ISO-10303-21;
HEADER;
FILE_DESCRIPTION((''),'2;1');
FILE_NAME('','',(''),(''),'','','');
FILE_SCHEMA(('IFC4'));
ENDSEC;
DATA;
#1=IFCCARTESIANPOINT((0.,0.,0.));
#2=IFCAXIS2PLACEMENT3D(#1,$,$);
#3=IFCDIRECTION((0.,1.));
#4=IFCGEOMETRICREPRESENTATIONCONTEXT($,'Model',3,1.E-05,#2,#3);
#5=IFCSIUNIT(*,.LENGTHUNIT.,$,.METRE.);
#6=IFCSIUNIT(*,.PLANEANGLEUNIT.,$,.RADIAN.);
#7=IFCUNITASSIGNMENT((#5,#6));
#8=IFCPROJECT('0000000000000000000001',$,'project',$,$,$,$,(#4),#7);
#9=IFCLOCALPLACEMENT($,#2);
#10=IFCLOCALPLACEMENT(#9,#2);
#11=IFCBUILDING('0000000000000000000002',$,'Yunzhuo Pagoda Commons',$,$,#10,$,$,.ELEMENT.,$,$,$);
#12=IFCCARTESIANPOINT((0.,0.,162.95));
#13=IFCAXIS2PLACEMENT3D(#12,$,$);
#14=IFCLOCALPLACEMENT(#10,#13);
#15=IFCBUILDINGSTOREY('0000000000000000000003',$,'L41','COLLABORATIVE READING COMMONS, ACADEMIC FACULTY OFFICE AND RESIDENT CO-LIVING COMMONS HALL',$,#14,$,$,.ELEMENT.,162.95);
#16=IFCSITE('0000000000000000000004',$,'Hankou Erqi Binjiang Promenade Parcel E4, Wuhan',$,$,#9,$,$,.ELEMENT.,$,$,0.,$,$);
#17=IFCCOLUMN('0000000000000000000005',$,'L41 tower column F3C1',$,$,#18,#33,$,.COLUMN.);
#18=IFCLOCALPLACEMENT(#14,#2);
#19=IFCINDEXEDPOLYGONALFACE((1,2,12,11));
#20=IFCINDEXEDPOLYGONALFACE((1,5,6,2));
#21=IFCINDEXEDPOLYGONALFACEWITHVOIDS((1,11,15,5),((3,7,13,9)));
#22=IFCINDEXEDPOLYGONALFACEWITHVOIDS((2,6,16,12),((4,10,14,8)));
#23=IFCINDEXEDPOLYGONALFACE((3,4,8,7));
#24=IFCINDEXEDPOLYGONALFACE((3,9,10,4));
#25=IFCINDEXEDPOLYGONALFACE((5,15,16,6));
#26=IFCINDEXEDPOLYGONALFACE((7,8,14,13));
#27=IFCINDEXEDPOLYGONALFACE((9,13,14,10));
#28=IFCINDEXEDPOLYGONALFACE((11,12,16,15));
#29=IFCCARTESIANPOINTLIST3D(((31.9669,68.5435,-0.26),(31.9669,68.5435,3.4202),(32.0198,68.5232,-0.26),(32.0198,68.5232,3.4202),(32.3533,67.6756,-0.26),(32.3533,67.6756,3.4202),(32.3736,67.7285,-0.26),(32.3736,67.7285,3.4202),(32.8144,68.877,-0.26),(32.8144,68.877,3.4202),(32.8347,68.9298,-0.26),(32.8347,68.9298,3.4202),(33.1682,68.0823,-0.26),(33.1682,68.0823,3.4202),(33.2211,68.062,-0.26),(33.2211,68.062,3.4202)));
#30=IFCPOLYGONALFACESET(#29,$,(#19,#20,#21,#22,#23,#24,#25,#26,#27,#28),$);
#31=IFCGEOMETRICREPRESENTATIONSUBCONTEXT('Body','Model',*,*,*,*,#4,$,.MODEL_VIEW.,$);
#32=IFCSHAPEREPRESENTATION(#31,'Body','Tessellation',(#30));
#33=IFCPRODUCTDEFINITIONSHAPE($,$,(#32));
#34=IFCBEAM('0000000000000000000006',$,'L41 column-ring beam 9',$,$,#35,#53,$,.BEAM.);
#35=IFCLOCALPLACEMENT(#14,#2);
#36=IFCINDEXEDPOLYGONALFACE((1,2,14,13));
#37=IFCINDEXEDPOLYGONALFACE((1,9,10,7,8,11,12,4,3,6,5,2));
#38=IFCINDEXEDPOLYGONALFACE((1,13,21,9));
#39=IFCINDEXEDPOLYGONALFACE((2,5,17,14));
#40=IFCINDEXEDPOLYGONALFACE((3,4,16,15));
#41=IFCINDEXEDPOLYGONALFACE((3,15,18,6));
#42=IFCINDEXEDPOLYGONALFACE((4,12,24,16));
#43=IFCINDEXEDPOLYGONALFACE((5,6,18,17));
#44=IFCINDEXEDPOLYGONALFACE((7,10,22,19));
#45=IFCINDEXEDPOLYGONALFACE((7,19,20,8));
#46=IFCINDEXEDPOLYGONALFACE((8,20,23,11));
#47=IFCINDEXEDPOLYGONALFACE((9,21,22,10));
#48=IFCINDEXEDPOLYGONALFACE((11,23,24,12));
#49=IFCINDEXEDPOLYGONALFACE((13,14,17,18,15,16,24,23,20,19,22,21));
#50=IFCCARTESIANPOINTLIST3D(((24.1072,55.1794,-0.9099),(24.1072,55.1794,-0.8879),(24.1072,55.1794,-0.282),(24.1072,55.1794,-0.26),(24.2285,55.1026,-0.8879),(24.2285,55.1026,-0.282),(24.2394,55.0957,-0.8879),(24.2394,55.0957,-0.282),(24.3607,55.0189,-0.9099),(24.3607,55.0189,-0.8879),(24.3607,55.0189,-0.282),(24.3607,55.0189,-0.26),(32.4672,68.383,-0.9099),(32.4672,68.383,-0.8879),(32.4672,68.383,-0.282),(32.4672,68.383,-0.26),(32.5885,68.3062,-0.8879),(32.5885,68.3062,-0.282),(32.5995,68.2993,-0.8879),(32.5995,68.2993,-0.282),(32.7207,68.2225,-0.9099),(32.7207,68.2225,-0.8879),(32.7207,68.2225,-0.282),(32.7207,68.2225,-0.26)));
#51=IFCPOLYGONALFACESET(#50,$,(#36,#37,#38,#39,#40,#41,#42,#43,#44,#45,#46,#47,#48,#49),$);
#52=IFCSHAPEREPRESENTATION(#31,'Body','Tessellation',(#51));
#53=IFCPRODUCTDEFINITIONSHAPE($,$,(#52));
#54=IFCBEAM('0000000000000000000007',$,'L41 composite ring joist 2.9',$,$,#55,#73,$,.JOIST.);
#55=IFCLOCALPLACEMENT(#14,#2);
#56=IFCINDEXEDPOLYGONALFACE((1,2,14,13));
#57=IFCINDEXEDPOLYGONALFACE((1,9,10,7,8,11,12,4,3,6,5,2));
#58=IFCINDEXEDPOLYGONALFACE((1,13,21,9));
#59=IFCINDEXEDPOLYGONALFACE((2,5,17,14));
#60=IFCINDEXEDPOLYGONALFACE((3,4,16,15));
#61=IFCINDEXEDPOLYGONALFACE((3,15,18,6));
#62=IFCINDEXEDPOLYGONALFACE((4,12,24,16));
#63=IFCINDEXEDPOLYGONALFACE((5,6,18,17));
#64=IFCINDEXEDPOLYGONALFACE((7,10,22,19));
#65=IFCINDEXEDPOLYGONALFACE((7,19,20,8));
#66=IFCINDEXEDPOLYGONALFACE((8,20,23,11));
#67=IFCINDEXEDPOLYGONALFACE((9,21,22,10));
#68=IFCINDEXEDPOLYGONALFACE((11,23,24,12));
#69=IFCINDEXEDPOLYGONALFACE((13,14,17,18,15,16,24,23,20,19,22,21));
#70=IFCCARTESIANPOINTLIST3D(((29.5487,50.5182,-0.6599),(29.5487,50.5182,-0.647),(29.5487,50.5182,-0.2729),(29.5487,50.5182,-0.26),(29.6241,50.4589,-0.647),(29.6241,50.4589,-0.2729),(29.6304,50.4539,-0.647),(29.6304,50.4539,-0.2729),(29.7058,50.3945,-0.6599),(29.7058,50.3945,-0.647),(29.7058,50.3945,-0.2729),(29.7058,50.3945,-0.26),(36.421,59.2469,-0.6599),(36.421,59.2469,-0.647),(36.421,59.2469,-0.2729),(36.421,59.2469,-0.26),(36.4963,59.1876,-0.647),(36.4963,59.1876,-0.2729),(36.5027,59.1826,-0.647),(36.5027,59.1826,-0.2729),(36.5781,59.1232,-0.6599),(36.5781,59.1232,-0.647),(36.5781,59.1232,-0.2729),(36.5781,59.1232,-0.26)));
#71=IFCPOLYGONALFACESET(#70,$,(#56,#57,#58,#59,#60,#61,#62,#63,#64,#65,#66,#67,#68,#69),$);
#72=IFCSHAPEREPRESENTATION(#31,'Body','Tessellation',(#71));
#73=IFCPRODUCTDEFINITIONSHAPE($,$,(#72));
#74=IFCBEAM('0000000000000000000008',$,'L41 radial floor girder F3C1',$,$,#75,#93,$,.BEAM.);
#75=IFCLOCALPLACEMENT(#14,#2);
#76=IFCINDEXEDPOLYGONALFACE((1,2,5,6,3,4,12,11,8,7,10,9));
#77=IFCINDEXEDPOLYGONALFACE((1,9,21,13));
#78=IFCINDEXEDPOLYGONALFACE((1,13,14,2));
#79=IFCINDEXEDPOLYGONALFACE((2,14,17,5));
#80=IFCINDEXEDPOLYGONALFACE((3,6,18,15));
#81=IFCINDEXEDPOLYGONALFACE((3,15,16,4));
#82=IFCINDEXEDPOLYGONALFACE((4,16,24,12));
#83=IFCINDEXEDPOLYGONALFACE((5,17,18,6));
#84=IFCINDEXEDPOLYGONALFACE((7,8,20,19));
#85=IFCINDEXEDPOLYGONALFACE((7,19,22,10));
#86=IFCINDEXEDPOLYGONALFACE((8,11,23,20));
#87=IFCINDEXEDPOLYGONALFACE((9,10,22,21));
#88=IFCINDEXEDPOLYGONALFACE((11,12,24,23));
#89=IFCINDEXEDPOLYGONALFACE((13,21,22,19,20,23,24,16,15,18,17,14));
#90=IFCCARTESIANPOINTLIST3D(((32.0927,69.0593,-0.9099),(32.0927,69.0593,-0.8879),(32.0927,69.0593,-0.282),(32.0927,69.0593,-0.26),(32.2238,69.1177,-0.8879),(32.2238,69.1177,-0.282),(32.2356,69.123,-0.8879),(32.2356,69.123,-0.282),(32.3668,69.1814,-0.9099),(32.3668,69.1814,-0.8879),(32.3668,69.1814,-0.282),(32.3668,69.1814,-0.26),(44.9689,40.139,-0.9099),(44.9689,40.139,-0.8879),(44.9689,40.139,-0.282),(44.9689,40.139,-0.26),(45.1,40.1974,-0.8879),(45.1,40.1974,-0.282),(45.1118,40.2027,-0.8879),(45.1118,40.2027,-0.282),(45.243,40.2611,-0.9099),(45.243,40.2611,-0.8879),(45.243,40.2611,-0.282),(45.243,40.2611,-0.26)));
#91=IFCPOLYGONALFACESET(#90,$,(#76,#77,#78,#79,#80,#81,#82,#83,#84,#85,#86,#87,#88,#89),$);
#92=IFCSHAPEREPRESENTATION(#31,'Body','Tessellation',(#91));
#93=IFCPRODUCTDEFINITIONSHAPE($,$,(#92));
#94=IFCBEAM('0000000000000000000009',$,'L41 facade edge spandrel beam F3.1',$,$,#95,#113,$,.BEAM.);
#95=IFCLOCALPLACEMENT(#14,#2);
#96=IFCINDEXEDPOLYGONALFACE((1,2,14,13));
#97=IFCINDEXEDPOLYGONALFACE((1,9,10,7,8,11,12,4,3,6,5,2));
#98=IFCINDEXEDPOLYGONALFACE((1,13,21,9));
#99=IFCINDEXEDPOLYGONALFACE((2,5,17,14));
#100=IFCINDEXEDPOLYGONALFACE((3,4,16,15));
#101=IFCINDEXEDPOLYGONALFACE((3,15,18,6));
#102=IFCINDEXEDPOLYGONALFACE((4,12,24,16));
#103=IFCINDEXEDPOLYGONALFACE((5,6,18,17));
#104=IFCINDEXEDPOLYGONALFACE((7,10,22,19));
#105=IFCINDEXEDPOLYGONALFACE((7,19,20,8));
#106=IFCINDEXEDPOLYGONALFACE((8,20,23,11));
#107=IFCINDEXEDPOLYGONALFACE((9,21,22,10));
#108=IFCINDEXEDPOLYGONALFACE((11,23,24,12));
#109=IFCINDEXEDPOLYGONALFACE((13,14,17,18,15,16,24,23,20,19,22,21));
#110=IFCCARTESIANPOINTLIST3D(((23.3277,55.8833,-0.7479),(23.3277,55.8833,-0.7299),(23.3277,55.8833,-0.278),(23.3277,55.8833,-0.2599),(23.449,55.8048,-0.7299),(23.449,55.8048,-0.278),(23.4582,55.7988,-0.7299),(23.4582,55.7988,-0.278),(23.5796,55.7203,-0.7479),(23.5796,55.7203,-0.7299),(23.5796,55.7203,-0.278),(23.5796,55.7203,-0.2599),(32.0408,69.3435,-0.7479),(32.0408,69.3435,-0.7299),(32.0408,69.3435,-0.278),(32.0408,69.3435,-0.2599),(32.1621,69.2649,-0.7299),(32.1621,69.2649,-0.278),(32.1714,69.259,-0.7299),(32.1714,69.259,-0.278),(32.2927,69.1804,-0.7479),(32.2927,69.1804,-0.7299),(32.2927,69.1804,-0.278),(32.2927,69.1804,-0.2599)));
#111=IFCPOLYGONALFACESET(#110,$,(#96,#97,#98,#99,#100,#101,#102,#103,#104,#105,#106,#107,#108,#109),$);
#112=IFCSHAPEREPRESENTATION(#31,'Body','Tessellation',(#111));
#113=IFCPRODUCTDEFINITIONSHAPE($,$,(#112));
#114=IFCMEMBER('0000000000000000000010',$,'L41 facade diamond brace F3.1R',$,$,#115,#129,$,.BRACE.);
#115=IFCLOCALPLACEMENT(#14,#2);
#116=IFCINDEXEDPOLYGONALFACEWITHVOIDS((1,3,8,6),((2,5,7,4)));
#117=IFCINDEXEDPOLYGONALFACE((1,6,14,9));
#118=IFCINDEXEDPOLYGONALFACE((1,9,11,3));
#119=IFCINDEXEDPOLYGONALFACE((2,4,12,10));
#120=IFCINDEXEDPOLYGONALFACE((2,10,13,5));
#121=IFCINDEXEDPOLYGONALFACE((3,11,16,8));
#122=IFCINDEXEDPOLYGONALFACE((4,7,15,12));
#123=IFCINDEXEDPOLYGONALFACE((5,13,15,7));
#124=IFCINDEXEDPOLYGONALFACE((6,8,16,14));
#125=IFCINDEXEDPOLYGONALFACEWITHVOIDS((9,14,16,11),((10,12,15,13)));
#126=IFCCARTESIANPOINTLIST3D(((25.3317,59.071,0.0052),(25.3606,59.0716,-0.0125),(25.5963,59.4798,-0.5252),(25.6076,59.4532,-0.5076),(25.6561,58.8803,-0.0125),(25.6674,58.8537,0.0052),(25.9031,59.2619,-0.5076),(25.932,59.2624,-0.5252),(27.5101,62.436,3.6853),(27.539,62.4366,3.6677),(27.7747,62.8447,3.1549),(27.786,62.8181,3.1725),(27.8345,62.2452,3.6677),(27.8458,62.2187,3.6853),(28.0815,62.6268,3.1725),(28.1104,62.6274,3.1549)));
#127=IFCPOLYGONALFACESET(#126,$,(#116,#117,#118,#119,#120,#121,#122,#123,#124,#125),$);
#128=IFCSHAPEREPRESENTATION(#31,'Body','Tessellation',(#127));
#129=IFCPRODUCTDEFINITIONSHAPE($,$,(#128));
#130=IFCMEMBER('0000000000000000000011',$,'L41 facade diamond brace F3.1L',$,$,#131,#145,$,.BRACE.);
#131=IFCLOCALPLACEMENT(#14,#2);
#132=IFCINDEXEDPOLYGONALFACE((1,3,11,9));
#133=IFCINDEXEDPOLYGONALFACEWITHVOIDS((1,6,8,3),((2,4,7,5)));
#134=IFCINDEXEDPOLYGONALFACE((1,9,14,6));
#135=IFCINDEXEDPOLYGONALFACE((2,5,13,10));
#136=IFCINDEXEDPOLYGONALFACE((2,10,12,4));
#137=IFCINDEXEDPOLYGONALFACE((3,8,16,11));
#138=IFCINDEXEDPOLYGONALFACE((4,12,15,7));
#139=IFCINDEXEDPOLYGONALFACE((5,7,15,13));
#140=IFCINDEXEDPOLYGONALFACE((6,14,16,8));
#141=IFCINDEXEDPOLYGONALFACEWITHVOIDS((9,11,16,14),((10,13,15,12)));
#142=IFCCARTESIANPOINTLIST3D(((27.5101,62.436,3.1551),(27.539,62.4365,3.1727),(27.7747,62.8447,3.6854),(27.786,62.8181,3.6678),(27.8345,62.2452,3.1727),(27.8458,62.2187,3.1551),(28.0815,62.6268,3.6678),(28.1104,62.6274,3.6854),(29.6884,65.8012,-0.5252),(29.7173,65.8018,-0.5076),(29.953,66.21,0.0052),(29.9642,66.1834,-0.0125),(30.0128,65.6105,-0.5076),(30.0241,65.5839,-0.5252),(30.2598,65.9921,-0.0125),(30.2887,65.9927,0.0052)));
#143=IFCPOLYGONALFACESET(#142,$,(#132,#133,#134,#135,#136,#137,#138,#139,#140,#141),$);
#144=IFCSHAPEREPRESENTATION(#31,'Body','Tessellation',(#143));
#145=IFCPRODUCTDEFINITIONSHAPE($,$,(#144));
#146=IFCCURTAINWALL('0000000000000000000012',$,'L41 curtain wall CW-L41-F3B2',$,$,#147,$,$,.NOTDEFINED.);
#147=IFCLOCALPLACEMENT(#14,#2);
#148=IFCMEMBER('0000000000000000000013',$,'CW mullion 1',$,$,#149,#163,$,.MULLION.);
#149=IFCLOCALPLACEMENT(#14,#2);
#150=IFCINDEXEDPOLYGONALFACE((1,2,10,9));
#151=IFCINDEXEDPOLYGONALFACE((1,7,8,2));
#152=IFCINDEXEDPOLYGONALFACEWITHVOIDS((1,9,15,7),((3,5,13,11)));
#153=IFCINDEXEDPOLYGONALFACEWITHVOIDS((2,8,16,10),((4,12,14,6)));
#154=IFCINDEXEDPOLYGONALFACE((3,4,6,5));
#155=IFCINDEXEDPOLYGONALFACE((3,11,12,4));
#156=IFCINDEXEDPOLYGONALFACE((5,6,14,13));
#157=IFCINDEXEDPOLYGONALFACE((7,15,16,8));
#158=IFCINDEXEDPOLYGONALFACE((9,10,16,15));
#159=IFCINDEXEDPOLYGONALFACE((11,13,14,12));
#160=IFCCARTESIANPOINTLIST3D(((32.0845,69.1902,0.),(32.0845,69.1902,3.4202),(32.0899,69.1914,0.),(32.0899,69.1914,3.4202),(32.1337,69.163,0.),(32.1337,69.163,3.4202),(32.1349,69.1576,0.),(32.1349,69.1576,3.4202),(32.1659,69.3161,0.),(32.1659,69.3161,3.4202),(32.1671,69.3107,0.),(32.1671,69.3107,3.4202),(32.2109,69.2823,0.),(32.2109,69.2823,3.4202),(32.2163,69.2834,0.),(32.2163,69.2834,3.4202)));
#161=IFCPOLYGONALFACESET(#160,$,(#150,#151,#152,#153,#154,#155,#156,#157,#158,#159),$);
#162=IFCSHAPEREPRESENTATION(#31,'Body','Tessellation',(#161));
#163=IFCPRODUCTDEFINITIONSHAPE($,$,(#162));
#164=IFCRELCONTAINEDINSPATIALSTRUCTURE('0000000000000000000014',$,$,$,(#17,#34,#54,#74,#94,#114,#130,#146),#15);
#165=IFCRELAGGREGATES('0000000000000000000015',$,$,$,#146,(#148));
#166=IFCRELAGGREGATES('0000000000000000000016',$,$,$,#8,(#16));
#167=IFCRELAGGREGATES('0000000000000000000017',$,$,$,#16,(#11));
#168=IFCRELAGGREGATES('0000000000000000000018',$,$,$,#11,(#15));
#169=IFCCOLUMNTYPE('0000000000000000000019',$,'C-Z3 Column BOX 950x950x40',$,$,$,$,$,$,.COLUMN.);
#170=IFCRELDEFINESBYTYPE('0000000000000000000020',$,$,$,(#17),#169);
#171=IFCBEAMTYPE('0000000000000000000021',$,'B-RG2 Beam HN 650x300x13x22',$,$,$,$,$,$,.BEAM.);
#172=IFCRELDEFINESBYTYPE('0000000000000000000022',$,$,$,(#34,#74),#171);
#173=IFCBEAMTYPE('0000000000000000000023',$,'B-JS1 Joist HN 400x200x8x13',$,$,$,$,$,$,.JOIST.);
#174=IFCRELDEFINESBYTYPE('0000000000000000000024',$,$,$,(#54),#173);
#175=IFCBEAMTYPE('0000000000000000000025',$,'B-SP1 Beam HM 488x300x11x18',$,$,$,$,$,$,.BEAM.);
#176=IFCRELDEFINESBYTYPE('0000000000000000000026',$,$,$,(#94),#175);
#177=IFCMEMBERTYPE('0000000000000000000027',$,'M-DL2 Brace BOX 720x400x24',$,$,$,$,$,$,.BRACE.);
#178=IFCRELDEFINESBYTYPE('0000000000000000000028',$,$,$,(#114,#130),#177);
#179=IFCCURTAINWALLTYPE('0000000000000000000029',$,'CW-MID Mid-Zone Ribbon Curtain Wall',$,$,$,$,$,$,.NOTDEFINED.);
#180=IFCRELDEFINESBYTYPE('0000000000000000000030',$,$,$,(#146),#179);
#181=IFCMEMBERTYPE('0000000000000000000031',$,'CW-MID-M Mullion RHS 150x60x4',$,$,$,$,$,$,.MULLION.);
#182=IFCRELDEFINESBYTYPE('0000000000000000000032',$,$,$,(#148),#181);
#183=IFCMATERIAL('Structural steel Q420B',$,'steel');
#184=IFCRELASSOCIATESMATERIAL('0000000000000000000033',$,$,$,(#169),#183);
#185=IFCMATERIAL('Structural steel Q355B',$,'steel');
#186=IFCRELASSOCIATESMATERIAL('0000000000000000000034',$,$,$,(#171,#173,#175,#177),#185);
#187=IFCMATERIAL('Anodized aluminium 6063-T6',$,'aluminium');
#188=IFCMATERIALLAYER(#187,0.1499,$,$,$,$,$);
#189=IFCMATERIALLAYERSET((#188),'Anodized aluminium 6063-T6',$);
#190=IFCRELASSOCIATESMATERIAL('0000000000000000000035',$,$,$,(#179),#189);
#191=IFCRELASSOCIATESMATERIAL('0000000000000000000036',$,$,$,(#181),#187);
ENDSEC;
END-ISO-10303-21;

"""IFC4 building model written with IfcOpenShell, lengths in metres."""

from ifc_helpers import new_model, si_unit, direction, frame, origin, origin_2d, place, context, subcontext, project, spatial, hollow_rectangle, i_section, extrude, source, transform, mapped, material, layer, layer_set, material_profile, profile_set, type_object, element, aggregate, save


model = new_model("IFC4")

# Units and contexts
model_context = context("Model", 3, precision=1e-05, world=origin(), true_north=direction((0.0, 1.0)))
body_context = subcontext(model_context, "Body", "Model", "MODEL_VIEW")
ifc_project = project(units=[si_unit("LENGTHUNIT", "METRE"), si_unit("PLANEANGLEUNIT", "RADIAN")], contexts=[model_context])

# Site, building, storey
site_placement = place(None, origin())
site = spatial("IfcSite", under=ifc_project, at=site_placement, Name="Hankou Erqi Binjiang Promenade Parcel E4, Wuhan", CompositionType="ELEMENT", RefElevation=0.0)
building_placement = place(site_placement, origin())
building = spatial("IfcBuilding", under=site, at=building_placement, Name="Yunzhuo Pagoda Commons", CompositionType="ELEMENT")
storey_placement = place(building_placement, frame((0.0, 0.0, 162.95)))
storey = spatial("IfcBuildingStorey", under=building, at=storey_placement, Name="L41", Description="COLLABORATIVE READING COMMONS, ACADEMIC FACULTY OFFICE AND RESIDENT CO-LIVING COMMONS HALL", CompositionType="ELEMENT", Elevation=162.95)

# Column
ifc_material_1 = material(Name="Structural steel Q420B", Category="steel")
ifc_material_profile_1 = material_profile(ifc_material_1, hollow_rectangle(XDim=0.95, YDim=0.95, WallThickness=0.04, at=origin_2d()), Name="Structural steel Q420B")
ifc_profile_set_1 = profile_set([ifc_material_profile_1], Name="Structural steel Q420B")
column_type = type_object("IfcColumnType", Name="C-Z3 Column BOX 950x950x40", PredefinedType="COLUMN", material=ifc_profile_set_1)
shared_shape_1 = source(origin(), body_context, "Body", "SweptSolid", [
    extrude(hollow_rectangle(XDim=0.95, YDim=0.95, WallThickness=0.04, at=origin_2d()), origin(), (0.0, 0.0, 1.0), 3.6802),
])
column_placement = place(storey_placement, frame((32.594, 68.3027, -0.26), z_axis=(0.0, 0.0, 1.0), x_axis=(-0.913545, -0.406737, 0.0)))
element("IfcColumn", 1, at=column_placement, inside=storey, type_object=column_type, Name="L41 tower column F3C1", PredefinedType="COLUMN", context=body_context, shape_type="MappedRepresentation", body=[
    mapped(shared_shape_1, transform((0.0, 0.0, 0.0), scale=1.0)),
])

# Beams
ifc_material_2 = material(Name="Structural steel Q355B", Category="steel")
ifc_material_profile_2 = material_profile(ifc_material_2, i_section(OverallWidth=0.3, OverallDepth=0.6499, WebThickness=0.0129, FlangeThickness=0.022, at=origin_2d()), Name="Structural steel Q355B")
ifc_profile_set_2 = profile_set([ifc_material_profile_2], Name="Structural steel Q355B")
beam_type_1 = type_object("IfcBeamType", Name="B-RG2 Beam HN 650x300x13x22", PredefinedType="BEAM", material=ifc_profile_set_2)
shared_shape_2 = source(origin(), body_context, "Body", "SweptSolid", [
    extrude(i_section(OverallWidth=0.3, OverallDepth=0.6499, WebThickness=0.0129, FlangeThickness=0.022, at=origin_2d()), origin(), (0.0, 0.0, 1.0), 15.6277),
])
beam_1_placement = place(storey_placement, frame((32.594, 68.3027, -0.585), z_axis=(-0.534952, -0.844882, 0.0), x_axis=(0.844882, -0.534952, 0.0)))
element("IfcBeam", 2, at=beam_1_placement, inside=storey, type_object=beam_type_1, Name="L41 column-ring beam 9", PredefinedType="BEAM", context=body_context, shape_type="MappedRepresentation", body=[
    mapped(shared_shape_2, transform((0.0, 0.0, 0.0), scale=1.0)),
])
ifc_material_profile_3 = material_profile(ifc_material_2, i_section(OverallWidth=0.2, OverallDepth=0.3999, WebThickness=0.0081, FlangeThickness=0.0129, at=origin_2d()), Name="Structural steel Q355B")
ifc_profile_set_3 = profile_set([ifc_material_profile_3], Name="Structural steel Q355B")
beam_type_2 = type_object("IfcBeamType", Name="B-JS1 Joist HN 400x200x8x13", PredefinedType="JOIST", material=ifc_profile_set_3)
shared_shape_3 = source(origin(), body_context, "Body", "SweptSolid", [
    extrude(i_section(OverallWidth=0.2, OverallDepth=0.3999, WebThickness=0.0081, FlangeThickness=0.0129, at=origin_2d()), origin(), (0.0, 0.0, 1.0), 11.1094),
])
beam_2_placement = place(storey_placement, frame((36.4995, 59.1851, -0.46), z_axis=(-0.618601, -0.785706, 0.0), x_axis=(0.785706, -0.618601, 0.0)))
element("IfcBeam", 3, at=beam_2_placement, inside=storey, type_object=beam_type_2, Name="L41 composite ring joist 2.9", PredefinedType="JOIST", context=body_context, shape_type="MappedRepresentation", body=[
    mapped(shared_shape_3, transform((0.0, 0.0, 0.0), scale=1.0)),
])
shared_shape_4 = source(origin(), body_context, "Body", "SweptSolid", [
    extrude(i_section(OverallWidth=0.3, OverallDepth=0.6499, WebThickness=0.0129, FlangeThickness=0.022, at=origin_2d()), origin(), (0.0, 0.0, 1.0), 31.6572),
])
beam_3_placement = place(storey_placement, frame((32.2297, 69.1204, -0.585), z_axis=(0.406737, -0.913545, 0.0), x_axis=(0.913545, 0.406737, 0.0)))
element("IfcBeam", 4, at=beam_3_placement, inside=storey, type_object=beam_type_1, Name="L41 radial floor girder F3C1", PredefinedType="BEAM", context=body_context, shape_type="MappedRepresentation", body=[
    mapped(shared_shape_4, transform((0.0, 0.0, 0.0), scale=1.0)),
])
ifc_material_profile_4 = material_profile(ifc_material_2, i_section(OverallWidth=0.3, OverallDepth=0.488, WebThickness=0.011, FlangeThickness=0.0181, at=origin_2d()), Name="Structural steel Q355B")
ifc_profile_set_4 = profile_set([ifc_material_profile_4], Name="Structural steel Q355B")
beam_type_3 = type_object("IfcBeamType", Name="B-SP1 Beam HM 488x300x11x18", PredefinedType="BEAM", material=ifc_profile_set_4)
shared_shape_5 = source(origin(), body_context, "Body", "SweptSolid", [
    extrude(i_section(OverallWidth=0.3, OverallDepth=0.488, WebThickness=0.011, FlangeThickness=0.0181, at=origin_2d()), origin(), (0.0, 0.0, 1.0), 16.0342),
])
beam_4_placement = place(storey_placement, frame((32.1667, 69.262, -0.5039), z_axis=(-0.543409, -0.839468, 0.0), x_axis=(0.839468, -0.543409, 0.0)))
element("IfcBeam", 5, at=beam_4_placement, inside=storey, type_object=beam_type_3, Name="L41 facade edge spandrel beam F3.1", PredefinedType="BEAM", context=body_context, shape_type="MappedRepresentation", body=[
    mapped(shared_shape_5, transform((0.0, 0.0, 0.0), scale=1.0)),
])

# Members
ifc_material_profile_5 = material_profile(ifc_material_2, hollow_rectangle(XDim=0.3999, YDim=0.72, WallThickness=0.0239, at=origin_2d()), Name="Structural steel Q355B")
ifc_profile_set_5 = profile_set([ifc_material_profile_5], Name="Structural steel Q355B")
member_type_1 = type_object("IfcMemberType", Name="M-DL2 Brace BOX 720x400x24", PredefinedType="BRACE", material=ifc_profile_set_5)
shared_shape_6 = source(origin(), body_context, "Body", "SweptSolid", [
    extrude(hollow_rectangle(XDim=0.3999, YDim=0.72, WallThickness=0.0239, at=origin_2d()), origin(), (0.0, 0.0, 1.0), 5.4417),
])
member_1_placement = place(storey_placement, frame((25.6318, 59.1667, -0.26), z_axis=(0.400325, 0.618366, 0.676286), x_axis=(-0.839443, 0.543448, 0.0)))
element("IfcMember", 6, at=member_1_placement, inside=storey, type_object=member_type_1, Name="L41 facade diamond brace F3.1R", PredefinedType="BRACE", context=body_context, shape_type="MappedRepresentation", body=[
    mapped(shared_shape_6, transform((0.0, 0.0, 0.0), scale=1.0)),
])
shared_shape_7 = source(origin(), body_context, "Body", "SweptSolid", [
    extrude(hollow_rectangle(XDim=0.3999, YDim=0.72, WallThickness=0.0239, at=origin_2d()), origin(), (0.0, 0.0, 1.0), 5.4419),
])
member_2_placement = place(storey_placement, frame((29.9885, 65.897, -0.26), z_axis=(-0.400276, -0.618405, 0.67628), x_axis=(0.839488, -0.543378, 0.0)))
element("IfcMember", 7, at=member_2_placement, inside=storey, type_object=member_type_1, Name="L41 facade diamond brace F3.1L", PredefinedType="BRACE", context=body_context, shape_type="MappedRepresentation", body=[
    mapped(shared_shape_7, transform((0.0, 0.0, 0.0), scale=1.0)),
])

# Curtain wall, member
ifc_material_3 = material(Name="Anodized aluminium 6063-T6", Category="aluminium")
ifc_layer_1 = layer(ifc_material_3, 0.1499)
ifc_layer_set_1 = layer_set([ifc_layer_1], Name="Anodized aluminium 6063-T6")
curtain_wall_type = type_object("IfcCurtainWallType", Name="CW-MID Mid-Zone Ribbon Curtain Wall", PredefinedType="NOTDEFINED", material=ifc_layer_set_1)
curtain_wall_1_placement = place(storey_placement, origin())
curtain_wall_1 = element("IfcCurtainWall", 8, at=curtain_wall_1_placement, inside=storey, type_object=curtain_wall_type, Name="L41 curtain wall CW-L41-F3B2", PredefinedType="NOTDEFINED")
ifc_material_profile_6 = material_profile(ifc_material_3, hollow_rectangle(XDim=0.0601, YDim=0.1499, WallThickness=0.0039, at=origin_2d()), Name="Anodized aluminium 6063-T6")
ifc_profile_set_6 = profile_set([ifc_material_profile_6], Name="Anodized aluminium 6063-T6")
member_type_2 = type_object("IfcMemberType", Name="CW-MID-M Mullion RHS 150x60x4", PredefinedType="MULLION", material=ifc_profile_set_6)
shared_shape_8 = source(origin(), body_context, "Body", "SweptSolid", [
    extrude(hollow_rectangle(XDim=0.0601, YDim=0.1499, WallThickness=0.0039, at=origin_2d()), origin(), (0.0, 0.0, 1.0), 3.4202),
])
member_3_placement = place(storey_placement, frame((32.1504, 69.2368, 0.0), z_axis=(0.0, 0.0, 1.0), x_axis=(0.839466, -0.543412, 0.0)))
member_3 = element("IfcMember", 9, at=member_3_placement, type_object=member_type_2, Name="CW mullion 1", PredefinedType="MULLION", context=body_context, shape_type="MappedRepresentation", body=[
    mapped(shared_shape_8, transform((0.0, 0.0, 0.0), scale=1.0)),
])

aggregate(curtain_wall_1, [member_3])

save(model, "model.ifc")
